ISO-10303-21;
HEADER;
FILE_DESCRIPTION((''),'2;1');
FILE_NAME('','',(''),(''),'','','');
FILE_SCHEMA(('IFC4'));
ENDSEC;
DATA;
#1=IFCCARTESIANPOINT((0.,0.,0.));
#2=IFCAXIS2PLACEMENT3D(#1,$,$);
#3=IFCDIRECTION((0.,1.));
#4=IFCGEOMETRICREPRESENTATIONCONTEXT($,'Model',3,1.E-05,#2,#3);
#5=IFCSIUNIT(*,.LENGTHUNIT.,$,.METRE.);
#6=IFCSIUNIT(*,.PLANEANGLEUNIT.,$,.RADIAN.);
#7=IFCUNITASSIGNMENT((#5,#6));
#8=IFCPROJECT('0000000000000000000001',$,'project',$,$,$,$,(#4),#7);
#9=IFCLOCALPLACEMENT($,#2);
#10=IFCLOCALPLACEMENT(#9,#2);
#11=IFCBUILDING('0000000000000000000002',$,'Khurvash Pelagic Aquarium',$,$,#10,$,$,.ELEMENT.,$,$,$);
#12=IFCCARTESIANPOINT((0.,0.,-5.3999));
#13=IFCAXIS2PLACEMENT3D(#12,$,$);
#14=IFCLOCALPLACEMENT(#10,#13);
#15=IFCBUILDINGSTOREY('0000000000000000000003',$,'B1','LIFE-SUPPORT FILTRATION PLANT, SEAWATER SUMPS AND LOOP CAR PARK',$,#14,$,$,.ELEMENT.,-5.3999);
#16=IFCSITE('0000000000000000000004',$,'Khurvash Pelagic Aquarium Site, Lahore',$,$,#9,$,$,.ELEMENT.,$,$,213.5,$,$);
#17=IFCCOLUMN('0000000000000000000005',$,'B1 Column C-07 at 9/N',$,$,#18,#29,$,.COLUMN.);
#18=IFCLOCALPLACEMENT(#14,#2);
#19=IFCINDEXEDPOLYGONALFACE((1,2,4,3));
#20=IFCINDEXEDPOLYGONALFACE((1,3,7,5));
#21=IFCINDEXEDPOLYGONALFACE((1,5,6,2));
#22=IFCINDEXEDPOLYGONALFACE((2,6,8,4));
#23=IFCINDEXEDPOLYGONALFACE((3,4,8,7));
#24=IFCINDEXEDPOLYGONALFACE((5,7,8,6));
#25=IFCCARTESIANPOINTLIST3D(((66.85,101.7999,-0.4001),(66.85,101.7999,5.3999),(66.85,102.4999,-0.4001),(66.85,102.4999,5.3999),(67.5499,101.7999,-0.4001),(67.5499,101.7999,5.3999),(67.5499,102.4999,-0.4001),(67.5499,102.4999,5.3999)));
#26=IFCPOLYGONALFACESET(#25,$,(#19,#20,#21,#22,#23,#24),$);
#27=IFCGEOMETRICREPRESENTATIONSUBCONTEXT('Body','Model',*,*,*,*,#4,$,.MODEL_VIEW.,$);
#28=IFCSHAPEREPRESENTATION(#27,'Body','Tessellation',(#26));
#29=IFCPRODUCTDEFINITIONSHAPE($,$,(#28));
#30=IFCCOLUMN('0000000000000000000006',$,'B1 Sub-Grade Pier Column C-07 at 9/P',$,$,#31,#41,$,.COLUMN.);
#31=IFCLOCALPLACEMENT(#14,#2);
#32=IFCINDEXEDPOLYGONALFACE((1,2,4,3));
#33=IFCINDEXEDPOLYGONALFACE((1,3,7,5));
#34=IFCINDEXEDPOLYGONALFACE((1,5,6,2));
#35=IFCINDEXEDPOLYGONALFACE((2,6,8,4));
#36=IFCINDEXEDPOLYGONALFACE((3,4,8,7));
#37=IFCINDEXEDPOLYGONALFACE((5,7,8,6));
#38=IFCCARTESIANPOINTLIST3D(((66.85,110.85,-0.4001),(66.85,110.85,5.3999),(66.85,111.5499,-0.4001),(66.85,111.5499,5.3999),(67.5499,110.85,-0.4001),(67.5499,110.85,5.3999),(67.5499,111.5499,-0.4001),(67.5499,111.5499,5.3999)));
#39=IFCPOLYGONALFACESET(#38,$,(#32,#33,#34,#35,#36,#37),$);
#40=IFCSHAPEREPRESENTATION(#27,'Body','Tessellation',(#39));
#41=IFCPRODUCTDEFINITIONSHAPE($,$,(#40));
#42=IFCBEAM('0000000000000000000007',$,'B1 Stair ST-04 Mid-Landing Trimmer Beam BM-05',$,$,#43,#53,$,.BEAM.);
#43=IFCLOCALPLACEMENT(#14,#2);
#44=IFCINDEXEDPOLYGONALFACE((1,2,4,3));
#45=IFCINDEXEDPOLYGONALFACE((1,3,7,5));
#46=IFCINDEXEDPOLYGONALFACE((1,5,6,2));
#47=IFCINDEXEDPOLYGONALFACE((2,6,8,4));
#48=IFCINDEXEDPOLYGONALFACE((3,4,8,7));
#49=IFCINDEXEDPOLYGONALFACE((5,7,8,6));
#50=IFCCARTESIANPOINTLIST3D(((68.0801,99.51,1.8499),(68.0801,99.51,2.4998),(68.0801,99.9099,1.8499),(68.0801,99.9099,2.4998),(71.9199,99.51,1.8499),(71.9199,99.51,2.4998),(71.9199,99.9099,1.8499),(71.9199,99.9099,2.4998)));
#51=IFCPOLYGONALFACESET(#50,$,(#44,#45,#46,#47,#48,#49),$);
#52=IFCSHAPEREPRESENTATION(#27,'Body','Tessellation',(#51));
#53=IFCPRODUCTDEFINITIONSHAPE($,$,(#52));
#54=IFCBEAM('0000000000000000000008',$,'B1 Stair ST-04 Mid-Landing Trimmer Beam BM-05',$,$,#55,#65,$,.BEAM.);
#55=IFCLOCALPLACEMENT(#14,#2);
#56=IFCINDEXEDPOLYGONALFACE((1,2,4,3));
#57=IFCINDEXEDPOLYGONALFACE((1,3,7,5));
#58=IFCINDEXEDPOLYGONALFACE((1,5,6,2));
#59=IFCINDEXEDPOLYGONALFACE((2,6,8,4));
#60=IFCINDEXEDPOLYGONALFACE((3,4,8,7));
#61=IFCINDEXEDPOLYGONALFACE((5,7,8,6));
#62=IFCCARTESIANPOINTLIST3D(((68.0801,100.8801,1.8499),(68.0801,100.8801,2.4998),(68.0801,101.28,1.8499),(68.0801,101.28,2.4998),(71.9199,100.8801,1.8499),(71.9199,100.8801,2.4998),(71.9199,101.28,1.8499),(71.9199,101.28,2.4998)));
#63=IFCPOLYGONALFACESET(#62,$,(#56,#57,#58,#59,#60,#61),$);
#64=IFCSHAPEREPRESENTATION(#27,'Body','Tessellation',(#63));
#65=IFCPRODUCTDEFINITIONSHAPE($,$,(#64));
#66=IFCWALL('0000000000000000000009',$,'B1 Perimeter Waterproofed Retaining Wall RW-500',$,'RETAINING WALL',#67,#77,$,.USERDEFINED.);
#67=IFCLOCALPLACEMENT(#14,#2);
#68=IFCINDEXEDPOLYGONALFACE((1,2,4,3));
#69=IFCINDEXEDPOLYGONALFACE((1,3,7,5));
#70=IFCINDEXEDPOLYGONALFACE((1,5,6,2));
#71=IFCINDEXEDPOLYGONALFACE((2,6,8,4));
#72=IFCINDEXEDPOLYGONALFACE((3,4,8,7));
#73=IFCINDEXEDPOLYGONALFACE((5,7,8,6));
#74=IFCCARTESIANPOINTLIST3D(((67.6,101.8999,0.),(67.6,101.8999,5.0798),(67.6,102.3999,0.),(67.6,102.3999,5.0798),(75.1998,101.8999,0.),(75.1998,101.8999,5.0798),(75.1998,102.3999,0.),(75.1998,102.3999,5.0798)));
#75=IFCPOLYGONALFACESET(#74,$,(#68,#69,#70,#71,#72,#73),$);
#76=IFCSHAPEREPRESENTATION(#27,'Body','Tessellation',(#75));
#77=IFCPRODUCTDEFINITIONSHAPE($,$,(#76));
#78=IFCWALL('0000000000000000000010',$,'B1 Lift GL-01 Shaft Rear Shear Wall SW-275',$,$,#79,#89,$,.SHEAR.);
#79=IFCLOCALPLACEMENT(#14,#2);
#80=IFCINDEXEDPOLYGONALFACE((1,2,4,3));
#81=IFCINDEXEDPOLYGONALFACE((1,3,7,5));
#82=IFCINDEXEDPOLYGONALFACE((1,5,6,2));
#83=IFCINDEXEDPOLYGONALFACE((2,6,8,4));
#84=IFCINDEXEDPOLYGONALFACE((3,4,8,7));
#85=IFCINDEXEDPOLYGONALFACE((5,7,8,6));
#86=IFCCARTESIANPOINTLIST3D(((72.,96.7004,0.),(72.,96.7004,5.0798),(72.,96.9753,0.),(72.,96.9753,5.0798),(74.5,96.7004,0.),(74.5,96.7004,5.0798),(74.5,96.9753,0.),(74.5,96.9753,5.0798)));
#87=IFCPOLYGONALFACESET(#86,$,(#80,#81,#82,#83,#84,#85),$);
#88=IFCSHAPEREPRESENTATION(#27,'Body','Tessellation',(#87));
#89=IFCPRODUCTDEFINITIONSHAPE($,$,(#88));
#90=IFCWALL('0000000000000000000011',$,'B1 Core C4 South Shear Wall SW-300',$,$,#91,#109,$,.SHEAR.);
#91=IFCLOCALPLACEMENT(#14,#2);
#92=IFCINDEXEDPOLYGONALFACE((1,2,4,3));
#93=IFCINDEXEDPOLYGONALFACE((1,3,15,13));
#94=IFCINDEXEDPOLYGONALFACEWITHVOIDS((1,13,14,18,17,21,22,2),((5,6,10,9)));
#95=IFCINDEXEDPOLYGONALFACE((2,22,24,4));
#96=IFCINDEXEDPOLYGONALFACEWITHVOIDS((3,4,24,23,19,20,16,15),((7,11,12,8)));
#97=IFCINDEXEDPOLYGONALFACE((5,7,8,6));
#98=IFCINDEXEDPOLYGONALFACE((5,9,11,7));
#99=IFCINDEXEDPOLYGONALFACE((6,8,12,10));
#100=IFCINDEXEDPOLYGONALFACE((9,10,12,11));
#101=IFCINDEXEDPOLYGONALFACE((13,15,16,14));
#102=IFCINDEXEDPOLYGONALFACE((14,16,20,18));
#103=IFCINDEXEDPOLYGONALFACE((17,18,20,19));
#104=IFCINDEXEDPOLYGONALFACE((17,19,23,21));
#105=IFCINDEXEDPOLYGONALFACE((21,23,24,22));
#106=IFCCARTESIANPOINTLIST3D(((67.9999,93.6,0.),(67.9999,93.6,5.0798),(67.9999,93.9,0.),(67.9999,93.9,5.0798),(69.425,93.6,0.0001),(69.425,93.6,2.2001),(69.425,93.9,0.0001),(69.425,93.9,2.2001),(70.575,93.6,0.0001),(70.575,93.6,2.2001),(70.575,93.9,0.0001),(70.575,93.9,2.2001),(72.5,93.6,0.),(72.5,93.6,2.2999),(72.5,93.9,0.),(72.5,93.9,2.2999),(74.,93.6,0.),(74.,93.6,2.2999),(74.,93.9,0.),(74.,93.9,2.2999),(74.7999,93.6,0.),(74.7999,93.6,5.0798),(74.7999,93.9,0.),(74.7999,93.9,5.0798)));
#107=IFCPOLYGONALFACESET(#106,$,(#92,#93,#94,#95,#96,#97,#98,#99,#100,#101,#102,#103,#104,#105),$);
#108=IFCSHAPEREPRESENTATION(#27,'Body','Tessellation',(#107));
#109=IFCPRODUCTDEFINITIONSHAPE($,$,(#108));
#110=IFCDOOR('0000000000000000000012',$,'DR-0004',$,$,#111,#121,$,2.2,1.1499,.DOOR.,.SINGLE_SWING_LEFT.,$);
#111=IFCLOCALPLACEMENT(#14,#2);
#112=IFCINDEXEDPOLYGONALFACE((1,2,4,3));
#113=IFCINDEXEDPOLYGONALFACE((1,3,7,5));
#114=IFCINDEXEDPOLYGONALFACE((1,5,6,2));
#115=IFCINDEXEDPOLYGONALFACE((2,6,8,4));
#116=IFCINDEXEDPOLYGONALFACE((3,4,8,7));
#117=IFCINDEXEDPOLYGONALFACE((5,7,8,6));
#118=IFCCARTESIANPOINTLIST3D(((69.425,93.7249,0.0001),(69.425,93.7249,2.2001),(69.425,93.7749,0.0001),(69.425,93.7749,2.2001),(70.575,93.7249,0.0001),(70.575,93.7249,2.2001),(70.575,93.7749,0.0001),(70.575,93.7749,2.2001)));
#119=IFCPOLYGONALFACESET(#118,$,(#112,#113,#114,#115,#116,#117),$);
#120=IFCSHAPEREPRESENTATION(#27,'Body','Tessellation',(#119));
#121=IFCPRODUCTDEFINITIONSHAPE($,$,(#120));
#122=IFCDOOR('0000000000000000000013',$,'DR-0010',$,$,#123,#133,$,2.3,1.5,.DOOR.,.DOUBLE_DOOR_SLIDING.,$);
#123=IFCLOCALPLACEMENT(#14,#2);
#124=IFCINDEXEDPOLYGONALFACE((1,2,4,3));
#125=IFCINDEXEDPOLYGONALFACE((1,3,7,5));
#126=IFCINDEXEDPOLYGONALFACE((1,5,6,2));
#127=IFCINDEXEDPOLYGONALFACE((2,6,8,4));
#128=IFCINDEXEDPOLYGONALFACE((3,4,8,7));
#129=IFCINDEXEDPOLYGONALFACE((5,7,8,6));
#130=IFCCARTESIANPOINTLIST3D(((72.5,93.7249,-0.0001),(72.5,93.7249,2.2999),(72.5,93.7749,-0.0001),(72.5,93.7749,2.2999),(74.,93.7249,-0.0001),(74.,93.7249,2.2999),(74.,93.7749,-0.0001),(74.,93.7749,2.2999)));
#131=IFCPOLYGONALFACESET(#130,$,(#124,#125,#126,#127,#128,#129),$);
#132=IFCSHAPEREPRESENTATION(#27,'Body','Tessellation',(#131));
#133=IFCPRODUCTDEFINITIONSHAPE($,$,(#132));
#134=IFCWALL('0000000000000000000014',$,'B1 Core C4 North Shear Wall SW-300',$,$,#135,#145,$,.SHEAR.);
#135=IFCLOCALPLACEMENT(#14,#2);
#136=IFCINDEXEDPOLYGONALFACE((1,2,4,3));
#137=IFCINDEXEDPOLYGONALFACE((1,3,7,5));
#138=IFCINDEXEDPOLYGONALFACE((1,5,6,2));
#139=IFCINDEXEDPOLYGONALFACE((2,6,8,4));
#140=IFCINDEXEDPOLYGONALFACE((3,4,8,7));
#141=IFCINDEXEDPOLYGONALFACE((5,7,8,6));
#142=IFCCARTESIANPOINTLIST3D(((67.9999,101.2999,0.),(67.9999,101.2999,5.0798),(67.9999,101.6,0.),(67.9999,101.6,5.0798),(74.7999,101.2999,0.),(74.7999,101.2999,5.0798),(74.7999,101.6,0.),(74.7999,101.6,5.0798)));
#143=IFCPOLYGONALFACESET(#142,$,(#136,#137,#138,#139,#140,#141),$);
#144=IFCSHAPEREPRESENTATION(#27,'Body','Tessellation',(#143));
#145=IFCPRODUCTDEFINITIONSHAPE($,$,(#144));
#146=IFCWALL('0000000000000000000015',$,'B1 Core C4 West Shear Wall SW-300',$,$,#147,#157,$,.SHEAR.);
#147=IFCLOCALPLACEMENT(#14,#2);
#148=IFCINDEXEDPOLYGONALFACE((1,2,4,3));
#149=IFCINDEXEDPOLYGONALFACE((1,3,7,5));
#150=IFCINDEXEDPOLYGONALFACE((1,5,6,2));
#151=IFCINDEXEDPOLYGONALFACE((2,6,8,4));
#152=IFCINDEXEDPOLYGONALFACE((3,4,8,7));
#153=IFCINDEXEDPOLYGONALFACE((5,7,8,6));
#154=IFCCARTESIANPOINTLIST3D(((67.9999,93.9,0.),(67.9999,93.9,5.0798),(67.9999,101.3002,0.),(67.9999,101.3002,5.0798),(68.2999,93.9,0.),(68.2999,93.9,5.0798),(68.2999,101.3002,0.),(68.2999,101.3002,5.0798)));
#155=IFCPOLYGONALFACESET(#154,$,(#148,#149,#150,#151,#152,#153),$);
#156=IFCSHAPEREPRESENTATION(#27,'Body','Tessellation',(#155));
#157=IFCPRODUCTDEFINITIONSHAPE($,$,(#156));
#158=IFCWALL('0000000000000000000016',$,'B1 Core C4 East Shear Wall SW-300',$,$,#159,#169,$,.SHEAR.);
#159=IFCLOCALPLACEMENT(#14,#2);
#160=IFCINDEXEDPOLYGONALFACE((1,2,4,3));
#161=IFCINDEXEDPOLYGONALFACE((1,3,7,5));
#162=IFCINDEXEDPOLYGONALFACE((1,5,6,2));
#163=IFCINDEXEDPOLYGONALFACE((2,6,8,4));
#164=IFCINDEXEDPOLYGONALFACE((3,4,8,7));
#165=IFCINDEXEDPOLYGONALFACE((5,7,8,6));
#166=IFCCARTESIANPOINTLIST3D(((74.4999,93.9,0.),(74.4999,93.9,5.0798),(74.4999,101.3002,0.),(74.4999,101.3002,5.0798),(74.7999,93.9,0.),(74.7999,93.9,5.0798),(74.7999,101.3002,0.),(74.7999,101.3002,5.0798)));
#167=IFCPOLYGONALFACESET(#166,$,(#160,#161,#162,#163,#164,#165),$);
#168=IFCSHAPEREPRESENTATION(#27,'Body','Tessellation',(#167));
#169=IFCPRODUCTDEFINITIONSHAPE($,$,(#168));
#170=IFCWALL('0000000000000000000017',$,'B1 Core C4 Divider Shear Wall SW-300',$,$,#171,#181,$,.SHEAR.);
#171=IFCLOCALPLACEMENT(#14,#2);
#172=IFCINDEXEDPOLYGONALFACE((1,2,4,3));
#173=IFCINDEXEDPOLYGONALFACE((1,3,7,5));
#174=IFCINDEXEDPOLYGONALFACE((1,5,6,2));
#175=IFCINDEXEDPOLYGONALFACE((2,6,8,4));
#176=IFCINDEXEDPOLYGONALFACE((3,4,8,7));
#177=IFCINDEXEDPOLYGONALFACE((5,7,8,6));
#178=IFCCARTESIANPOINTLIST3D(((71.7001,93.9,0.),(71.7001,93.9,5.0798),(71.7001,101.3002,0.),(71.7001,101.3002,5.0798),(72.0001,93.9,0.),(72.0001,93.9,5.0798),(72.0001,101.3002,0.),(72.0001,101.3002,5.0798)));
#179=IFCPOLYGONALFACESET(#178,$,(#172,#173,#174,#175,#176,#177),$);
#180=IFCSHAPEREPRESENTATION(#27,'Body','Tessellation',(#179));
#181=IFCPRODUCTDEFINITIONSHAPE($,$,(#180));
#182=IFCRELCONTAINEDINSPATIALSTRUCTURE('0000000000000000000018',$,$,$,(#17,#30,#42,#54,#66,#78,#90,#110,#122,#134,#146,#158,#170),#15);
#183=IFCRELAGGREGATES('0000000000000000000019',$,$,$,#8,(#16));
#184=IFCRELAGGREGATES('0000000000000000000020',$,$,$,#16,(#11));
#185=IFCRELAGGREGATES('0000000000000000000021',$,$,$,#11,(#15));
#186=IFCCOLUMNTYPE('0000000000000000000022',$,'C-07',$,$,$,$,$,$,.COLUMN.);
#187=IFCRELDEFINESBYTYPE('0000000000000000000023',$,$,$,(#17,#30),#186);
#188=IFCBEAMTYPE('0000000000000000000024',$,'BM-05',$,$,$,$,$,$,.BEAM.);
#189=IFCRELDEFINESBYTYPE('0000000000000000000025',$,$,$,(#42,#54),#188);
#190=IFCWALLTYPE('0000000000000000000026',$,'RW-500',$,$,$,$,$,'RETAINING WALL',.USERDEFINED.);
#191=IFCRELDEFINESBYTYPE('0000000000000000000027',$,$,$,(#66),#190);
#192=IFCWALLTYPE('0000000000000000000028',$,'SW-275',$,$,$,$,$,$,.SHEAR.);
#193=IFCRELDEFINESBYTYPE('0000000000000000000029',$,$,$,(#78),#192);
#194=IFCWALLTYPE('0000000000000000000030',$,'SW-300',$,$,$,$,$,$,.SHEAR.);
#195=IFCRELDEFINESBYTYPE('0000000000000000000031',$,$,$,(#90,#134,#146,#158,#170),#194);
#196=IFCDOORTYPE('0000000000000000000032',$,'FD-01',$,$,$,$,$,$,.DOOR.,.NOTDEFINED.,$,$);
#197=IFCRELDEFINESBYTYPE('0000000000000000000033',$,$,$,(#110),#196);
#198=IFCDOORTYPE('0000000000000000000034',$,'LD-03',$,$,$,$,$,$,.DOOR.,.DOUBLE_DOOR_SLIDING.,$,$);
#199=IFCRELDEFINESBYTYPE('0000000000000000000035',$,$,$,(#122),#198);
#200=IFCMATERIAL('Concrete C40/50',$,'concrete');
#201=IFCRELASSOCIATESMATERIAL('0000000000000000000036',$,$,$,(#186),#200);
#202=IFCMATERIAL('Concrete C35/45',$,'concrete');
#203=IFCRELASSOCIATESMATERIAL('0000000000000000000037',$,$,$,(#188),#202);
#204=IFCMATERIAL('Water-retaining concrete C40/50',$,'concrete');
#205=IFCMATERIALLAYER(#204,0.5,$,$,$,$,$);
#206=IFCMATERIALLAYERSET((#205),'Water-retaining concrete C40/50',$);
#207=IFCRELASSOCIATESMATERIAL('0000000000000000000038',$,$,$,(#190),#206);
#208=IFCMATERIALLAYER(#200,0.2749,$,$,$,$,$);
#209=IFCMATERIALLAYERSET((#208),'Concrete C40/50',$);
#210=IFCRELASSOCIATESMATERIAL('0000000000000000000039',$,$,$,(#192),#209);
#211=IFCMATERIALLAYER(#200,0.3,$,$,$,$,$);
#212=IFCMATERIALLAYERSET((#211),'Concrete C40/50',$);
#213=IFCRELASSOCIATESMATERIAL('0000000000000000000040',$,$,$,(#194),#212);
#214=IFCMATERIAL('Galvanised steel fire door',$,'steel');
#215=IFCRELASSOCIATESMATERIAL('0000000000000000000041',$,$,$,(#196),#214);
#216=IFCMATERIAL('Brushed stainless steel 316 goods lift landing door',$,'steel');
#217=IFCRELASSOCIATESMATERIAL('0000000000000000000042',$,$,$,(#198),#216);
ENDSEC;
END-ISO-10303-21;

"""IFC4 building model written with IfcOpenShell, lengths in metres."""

from ifc_helpers import new_model, si_unit, direction, frame, frame_2d, origin, origin_2d, place, context, subcontext, project, spatial, rectangle, extrude, material, layer, layer_set, material_profile, profile_set, type_object, element, fill, save


model = new_model("IFC4")

# Units and contexts
model_context = context("Model", 3, precision=1e-05, world=origin(), true_north=direction((0.0, 1.0)))
body_context = subcontext(model_context, "Body", "Model", "MODEL_VIEW")
ifc_project = project(units=[si_unit("LENGTHUNIT", "METRE"), si_unit("PLANEANGLEUNIT", "RADIAN")], contexts=[model_context])

# Site, building, storey
site_placement = place(None, origin())
site = spatial("IfcSite", under=ifc_project, at=site_placement, Name="Khurvash Pelagic Aquarium Site, Lahore", CompositionType="ELEMENT", RefElevation=213.5)
building_placement = place(site_placement, origin())
building = spatial("IfcBuilding", under=site, at=building_placement, Name="Khurvash Pelagic Aquarium", CompositionType="ELEMENT")
storey_placement = place(building_placement, frame((0.0, 0.0, -5.3999)))
storey = spatial("IfcBuildingStorey", under=building, at=storey_placement, Name="B1", Description="LIFE-SUPPORT FILTRATION PLANT, SEAWATER SUMPS AND LOOP CAR PARK", CompositionType="ELEMENT", Elevation=-5.3999)

# Shared definitions
ifc_material_1 = material(Name="Concrete C35/45", Category="concrete")

# Columns
ifc_material_2 = material(Name="Concrete C40/50", Category="concrete")
ifc_material_profile_1 = material_profile(ifc_material_2, rectangle(XDim=0.7, YDim=0.7, at=origin_2d()), Name="RC700X700")
ifc_profile_set_1 = profile_set([ifc_material_profile_1], Name="Concrete C40/50")
column_type = type_object("IfcColumnType", Name="C-07", PredefinedType="COLUMN", material=ifc_profile_set_1)
for number, where, z_axis, x_axis, name in (
    (1, (67.2, 102.1499, -0.4001), (0.0, 0.0, 1.0), (1.0, 0.0, 0.0), "B1 Column C-07 at 9/N"),
    (2, (67.2, 111.2, -0.4001), (0.0, 0.0, 1.0), (1.0, 0.0, 0.0), "B1 Sub-Grade Pier Column C-07 at 9/P"),
):
    element("IfcColumn", number, at=place(storey_placement, frame(where, z_axis=z_axis, x_axis=x_axis)), inside=storey, type_object=column_type, Name=name, PredefinedType="COLUMN", context=body_context, shape_type="SweptSolid", body=[
        extrude(rectangle(XDim=0.7, YDim=0.7, at=origin_2d()), origin(), (0.0, 0.0, 1.0), 5.8),
    ])

# Beams
ifc_material_profile_2 = material_profile(ifc_material_1, rectangle(XDim=0.3999, YDim=0.6499, at=origin_2d()), Name="RC400X650")
ifc_profile_set_2 = profile_set([ifc_material_profile_2], Name="Concrete C35/45")
beam_type = type_object("IfcBeamType", Name="BM-05", PredefinedType="BEAM", material=ifc_profile_set_2)
for number, where, z_axis, x_axis, name in (
    (3, (68.0801, 99.71, 2.1748), (1.0, 0.0, 0.0), (0.0, 1.0, 0.0), "B1 Stair ST-04 Mid-Landing Trimmer Beam BM-05"),
    (4, (68.0801, 101.0801, 2.1748), (1.0, 0.0, 0.0), (0.0, 1.0, 0.0), "B1 Stair ST-04 Mid-Landing Trimmer Beam BM-05"),
):
    element("IfcBeam", number, at=place(storey_placement, frame(where, z_axis=z_axis, x_axis=x_axis)), inside=storey, type_object=beam_type, Name=name, PredefinedType="BEAM", context=body_context, shape_type="SweptSolid", body=[
        extrude(rectangle(XDim=0.3999, YDim=0.6499, at=origin_2d()), origin(), (0.0, 0.0, 1.0), 3.8398),
    ])

# Walls
ifc_material_3 = material(Name="Water-retaining concrete C40/50", Category="concrete")
ifc_layer_1 = layer(ifc_material_3, 0.5)
ifc_layer_set_1 = layer_set([ifc_layer_1], Name="Water-retaining concrete C40/50")
wall_type_1 = type_object("IfcWallType", Name="RW-500", ElementType="RETAINING WALL", PredefinedType="USERDEFINED", material=ifc_layer_set_1)
wall_1_placement = place(storey_placement, frame((67.6001, 102.1499, 0.0), z_axis=(0.0, 0.0, 1.0), x_axis=(1.0, 0.0, 0.0)))
element("IfcWall", 5, at=wall_1_placement, inside=storey, type_object=wall_type_1, Name="B1 Perimeter Waterproofed Retaining Wall RW-500", ObjectType="RETAINING WALL", PredefinedType="USERDEFINED", context=body_context, shape_type="SweptSolid", body=[
    extrude(rectangle(XDim=7.5999, YDim=0.5, at=frame_2d((3.7998, 0.0))), origin(), (0.0, 0.0, 1.0), 5.0798),
])
ifc_layer_2 = layer(ifc_material_2, 0.2749)
ifc_layer_set_2 = layer_set([ifc_layer_2], Name="Concrete C40/50")
wall_type_2 = type_object("IfcWallType", Name="SW-275", PredefinedType="SHEAR", material=ifc_layer_set_2)
wall_2_placement = place(storey_placement, frame((72.0, 96.8379, 0.0), z_axis=(0.0, 0.0, 1.0), x_axis=(1.0, 0.0, 0.0)))
element("IfcWall", 6, at=wall_2_placement, inside=storey, type_object=wall_type_2, Name="B1 Lift GL-01 Shaft Rear Shear Wall SW-275", PredefinedType="SHEAR", context=body_context, shape_type="SweptSolid", body=[
    extrude(rectangle(XDim=2.5, YDim=0.2749, at=frame_2d((1.25, 0.0))), origin(), (0.0, 0.0, 1.0), 5.0798),
])

# Wall, openings, doors
ifc_layer_3 = layer(ifc_material_2, 0.3)
ifc_layer_set_3 = layer_set([ifc_layer_3], Name="Concrete C40/50")
wall_type_3 = type_object("IfcWallType", Name="SW-300", PredefinedType="SHEAR", material=ifc_layer_set_3)
wall_3_placement = place(storey_placement, frame((68.0, 93.75, 0.0), z_axis=(0.0, 0.0, 1.0), x_axis=(1.0, 0.0, 0.0)))
wall_3 = element("IfcWall", 7, at=wall_3_placement, inside=storey, type_object=wall_type_3, Name="B1 Core C4 South Shear Wall SW-300", PredefinedType="SHEAR", context=body_context, shape_type="SweptSolid", body=[
    extrude(rectangle(XDim=6.8, YDim=0.3, at=frame_2d((3.3999, 0.0))), origin(), (0.0, 0.0, 1.0), 5.0798),
])
opening_1_placement = place(wall_3_placement, frame((1.425, 0.0, 0.0)))
opening_1 = element("IfcOpeningElement", 8, at=opening_1_placement, cuts=wall_3, PredefinedType="OPENING", context=body_context, shape_type="SweptSolid", body=[
    extrude(rectangle(XDim=1.1499, YDim=2.2, at=frame_2d((0.575, 1.1001))), frame((0.0, 0.1602, 0.0), z_axis=(0.0, -1.0, 0.0), x_axis=(1.0, 0.0, 0.0)), (0.0, 0.0, 1.0), 0.3201),
])
opening_2_placement = place(wall_3_placement, frame((4.5, 0.0, 0.0)))
opening_2 = element("IfcOpeningElement", 9, at=opening_2_placement, cuts=wall_3, PredefinedType="OPENING", context=body_context, shape_type="SweptSolid", body=[
    extrude(rectangle(XDim=1.5, YDim=2.3, at=frame_2d((0.75, 1.1499))), frame((0.0, 0.1602, 0.0), z_axis=(0.0, -1.0, 0.0), x_axis=(1.0, 0.0, 0.0)), (0.0, 0.0, 1.0), 0.3201),
])
ifc_material_4 = material(Name="Galvanised steel fire door", Category="steel")
door_type_1 = type_object("IfcDoorType", Name="FD-01", OperationType="NOTDEFINED", PredefinedType="DOOR", material=ifc_material_4)
door_1_placement = place(opening_1_placement, origin())
door_1 = element("IfcDoor", 10, at=door_1_placement, inside=storey, type_object=door_type_1, Name="DR-0004", OperationType="SINGLE_SWING_LEFT", OverallHeight=2.2, OverallWidth=1.1499, PredefinedType="DOOR", context=body_context, shape_type="SweptSolid", body=[
    extrude(rectangle(XDim=1.1499, YDim=2.2, at=frame_2d((0.575, 1.1001))), frame((0.0, 0.0249, 0.0), z_axis=(0.0, -1.0, 0.0), x_axis=(1.0, 0.0, 0.0)), (0.0, 0.0, 1.0), 0.05),
])
fill(opening_1, door_1)
ifc_material_5 = material(Name="Brushed stainless steel 316 goods lift landing door", Category="steel")
door_type_2 = type_object("IfcDoorType", Name="LD-03", OperationType="DOUBLE_DOOR_SLIDING", PredefinedType="DOOR", material=ifc_material_5)
door_2_placement = place(opening_2_placement, origin())
door_2 = element("IfcDoor", 11, at=door_2_placement, inside=storey, type_object=door_type_2, Name="DR-0010", OperationType="DOUBLE_DOOR_SLIDING", OverallHeight=2.3, OverallWidth=1.5, PredefinedType="DOOR", context=body_context, shape_type="SweptSolid", body=[
    extrude(rectangle(XDim=1.5, YDim=2.3, at=frame_2d((0.75, 1.1499))), frame((0.0, 0.0249, 0.0), z_axis=(0.0, -1.0, 0.0), x_axis=(1.0, 0.0, 0.0)), (0.0, 0.0, 1.0), 0.05),
])
fill(opening_2, door_2)

# Walls
wall_4_placement = place(storey_placement, frame((68.0, 101.45, 0.0), z_axis=(0.0, 0.0, 1.0), x_axis=(1.0, 0.0, 0.0)))
element("IfcWall", 12, at=wall_4_placement, inside=storey, type_object=wall_type_3, Name="B1 Core C4 North Shear Wall SW-300", PredefinedType="SHEAR", context=body_context, shape_type="SweptSolid", body=[
    extrude(rectangle(XDim=6.8, YDim=0.3, at=frame_2d((3.3999, 0.0))), origin(), (0.0, 0.0, 1.0), 5.0798),
])
for number, where, z_axis, x_axis, name in (
    (13, (68.1499, 93.8999, 0.0), (0.0, 0.0, 1.0), (0.0, 1.0, 0.0), "B1 Core C4 West Shear Wall SW-300"),
    (14, (74.6499, 93.8999, 0.0), (0.0, 0.0, 1.0), (0.0, 1.0, 0.0), "B1 Core C4 East Shear Wall SW-300"),
    (15, (71.8501, 93.8999, 0.0), (0.0, 0.0, 1.0), (0.0, 1.0, 0.0), "B1 Core C4 Divider Shear Wall SW-300"),
):
    element("IfcWall", number, at=place(storey_placement, frame(where, z_axis=z_axis, x_axis=x_axis)), inside=storey, type_object=wall_type_3, Name=name, PredefinedType="SHEAR", context=body_context, shape_type="SweptSolid", body=[
        extrude(rectangle(XDim=7.4001, YDim=0.3, at=frame_2d((3.7002, 0.0))), origin(), (0.0, 0.0, 1.0), 5.0798),
    ])

save(model, "model.ifc")
